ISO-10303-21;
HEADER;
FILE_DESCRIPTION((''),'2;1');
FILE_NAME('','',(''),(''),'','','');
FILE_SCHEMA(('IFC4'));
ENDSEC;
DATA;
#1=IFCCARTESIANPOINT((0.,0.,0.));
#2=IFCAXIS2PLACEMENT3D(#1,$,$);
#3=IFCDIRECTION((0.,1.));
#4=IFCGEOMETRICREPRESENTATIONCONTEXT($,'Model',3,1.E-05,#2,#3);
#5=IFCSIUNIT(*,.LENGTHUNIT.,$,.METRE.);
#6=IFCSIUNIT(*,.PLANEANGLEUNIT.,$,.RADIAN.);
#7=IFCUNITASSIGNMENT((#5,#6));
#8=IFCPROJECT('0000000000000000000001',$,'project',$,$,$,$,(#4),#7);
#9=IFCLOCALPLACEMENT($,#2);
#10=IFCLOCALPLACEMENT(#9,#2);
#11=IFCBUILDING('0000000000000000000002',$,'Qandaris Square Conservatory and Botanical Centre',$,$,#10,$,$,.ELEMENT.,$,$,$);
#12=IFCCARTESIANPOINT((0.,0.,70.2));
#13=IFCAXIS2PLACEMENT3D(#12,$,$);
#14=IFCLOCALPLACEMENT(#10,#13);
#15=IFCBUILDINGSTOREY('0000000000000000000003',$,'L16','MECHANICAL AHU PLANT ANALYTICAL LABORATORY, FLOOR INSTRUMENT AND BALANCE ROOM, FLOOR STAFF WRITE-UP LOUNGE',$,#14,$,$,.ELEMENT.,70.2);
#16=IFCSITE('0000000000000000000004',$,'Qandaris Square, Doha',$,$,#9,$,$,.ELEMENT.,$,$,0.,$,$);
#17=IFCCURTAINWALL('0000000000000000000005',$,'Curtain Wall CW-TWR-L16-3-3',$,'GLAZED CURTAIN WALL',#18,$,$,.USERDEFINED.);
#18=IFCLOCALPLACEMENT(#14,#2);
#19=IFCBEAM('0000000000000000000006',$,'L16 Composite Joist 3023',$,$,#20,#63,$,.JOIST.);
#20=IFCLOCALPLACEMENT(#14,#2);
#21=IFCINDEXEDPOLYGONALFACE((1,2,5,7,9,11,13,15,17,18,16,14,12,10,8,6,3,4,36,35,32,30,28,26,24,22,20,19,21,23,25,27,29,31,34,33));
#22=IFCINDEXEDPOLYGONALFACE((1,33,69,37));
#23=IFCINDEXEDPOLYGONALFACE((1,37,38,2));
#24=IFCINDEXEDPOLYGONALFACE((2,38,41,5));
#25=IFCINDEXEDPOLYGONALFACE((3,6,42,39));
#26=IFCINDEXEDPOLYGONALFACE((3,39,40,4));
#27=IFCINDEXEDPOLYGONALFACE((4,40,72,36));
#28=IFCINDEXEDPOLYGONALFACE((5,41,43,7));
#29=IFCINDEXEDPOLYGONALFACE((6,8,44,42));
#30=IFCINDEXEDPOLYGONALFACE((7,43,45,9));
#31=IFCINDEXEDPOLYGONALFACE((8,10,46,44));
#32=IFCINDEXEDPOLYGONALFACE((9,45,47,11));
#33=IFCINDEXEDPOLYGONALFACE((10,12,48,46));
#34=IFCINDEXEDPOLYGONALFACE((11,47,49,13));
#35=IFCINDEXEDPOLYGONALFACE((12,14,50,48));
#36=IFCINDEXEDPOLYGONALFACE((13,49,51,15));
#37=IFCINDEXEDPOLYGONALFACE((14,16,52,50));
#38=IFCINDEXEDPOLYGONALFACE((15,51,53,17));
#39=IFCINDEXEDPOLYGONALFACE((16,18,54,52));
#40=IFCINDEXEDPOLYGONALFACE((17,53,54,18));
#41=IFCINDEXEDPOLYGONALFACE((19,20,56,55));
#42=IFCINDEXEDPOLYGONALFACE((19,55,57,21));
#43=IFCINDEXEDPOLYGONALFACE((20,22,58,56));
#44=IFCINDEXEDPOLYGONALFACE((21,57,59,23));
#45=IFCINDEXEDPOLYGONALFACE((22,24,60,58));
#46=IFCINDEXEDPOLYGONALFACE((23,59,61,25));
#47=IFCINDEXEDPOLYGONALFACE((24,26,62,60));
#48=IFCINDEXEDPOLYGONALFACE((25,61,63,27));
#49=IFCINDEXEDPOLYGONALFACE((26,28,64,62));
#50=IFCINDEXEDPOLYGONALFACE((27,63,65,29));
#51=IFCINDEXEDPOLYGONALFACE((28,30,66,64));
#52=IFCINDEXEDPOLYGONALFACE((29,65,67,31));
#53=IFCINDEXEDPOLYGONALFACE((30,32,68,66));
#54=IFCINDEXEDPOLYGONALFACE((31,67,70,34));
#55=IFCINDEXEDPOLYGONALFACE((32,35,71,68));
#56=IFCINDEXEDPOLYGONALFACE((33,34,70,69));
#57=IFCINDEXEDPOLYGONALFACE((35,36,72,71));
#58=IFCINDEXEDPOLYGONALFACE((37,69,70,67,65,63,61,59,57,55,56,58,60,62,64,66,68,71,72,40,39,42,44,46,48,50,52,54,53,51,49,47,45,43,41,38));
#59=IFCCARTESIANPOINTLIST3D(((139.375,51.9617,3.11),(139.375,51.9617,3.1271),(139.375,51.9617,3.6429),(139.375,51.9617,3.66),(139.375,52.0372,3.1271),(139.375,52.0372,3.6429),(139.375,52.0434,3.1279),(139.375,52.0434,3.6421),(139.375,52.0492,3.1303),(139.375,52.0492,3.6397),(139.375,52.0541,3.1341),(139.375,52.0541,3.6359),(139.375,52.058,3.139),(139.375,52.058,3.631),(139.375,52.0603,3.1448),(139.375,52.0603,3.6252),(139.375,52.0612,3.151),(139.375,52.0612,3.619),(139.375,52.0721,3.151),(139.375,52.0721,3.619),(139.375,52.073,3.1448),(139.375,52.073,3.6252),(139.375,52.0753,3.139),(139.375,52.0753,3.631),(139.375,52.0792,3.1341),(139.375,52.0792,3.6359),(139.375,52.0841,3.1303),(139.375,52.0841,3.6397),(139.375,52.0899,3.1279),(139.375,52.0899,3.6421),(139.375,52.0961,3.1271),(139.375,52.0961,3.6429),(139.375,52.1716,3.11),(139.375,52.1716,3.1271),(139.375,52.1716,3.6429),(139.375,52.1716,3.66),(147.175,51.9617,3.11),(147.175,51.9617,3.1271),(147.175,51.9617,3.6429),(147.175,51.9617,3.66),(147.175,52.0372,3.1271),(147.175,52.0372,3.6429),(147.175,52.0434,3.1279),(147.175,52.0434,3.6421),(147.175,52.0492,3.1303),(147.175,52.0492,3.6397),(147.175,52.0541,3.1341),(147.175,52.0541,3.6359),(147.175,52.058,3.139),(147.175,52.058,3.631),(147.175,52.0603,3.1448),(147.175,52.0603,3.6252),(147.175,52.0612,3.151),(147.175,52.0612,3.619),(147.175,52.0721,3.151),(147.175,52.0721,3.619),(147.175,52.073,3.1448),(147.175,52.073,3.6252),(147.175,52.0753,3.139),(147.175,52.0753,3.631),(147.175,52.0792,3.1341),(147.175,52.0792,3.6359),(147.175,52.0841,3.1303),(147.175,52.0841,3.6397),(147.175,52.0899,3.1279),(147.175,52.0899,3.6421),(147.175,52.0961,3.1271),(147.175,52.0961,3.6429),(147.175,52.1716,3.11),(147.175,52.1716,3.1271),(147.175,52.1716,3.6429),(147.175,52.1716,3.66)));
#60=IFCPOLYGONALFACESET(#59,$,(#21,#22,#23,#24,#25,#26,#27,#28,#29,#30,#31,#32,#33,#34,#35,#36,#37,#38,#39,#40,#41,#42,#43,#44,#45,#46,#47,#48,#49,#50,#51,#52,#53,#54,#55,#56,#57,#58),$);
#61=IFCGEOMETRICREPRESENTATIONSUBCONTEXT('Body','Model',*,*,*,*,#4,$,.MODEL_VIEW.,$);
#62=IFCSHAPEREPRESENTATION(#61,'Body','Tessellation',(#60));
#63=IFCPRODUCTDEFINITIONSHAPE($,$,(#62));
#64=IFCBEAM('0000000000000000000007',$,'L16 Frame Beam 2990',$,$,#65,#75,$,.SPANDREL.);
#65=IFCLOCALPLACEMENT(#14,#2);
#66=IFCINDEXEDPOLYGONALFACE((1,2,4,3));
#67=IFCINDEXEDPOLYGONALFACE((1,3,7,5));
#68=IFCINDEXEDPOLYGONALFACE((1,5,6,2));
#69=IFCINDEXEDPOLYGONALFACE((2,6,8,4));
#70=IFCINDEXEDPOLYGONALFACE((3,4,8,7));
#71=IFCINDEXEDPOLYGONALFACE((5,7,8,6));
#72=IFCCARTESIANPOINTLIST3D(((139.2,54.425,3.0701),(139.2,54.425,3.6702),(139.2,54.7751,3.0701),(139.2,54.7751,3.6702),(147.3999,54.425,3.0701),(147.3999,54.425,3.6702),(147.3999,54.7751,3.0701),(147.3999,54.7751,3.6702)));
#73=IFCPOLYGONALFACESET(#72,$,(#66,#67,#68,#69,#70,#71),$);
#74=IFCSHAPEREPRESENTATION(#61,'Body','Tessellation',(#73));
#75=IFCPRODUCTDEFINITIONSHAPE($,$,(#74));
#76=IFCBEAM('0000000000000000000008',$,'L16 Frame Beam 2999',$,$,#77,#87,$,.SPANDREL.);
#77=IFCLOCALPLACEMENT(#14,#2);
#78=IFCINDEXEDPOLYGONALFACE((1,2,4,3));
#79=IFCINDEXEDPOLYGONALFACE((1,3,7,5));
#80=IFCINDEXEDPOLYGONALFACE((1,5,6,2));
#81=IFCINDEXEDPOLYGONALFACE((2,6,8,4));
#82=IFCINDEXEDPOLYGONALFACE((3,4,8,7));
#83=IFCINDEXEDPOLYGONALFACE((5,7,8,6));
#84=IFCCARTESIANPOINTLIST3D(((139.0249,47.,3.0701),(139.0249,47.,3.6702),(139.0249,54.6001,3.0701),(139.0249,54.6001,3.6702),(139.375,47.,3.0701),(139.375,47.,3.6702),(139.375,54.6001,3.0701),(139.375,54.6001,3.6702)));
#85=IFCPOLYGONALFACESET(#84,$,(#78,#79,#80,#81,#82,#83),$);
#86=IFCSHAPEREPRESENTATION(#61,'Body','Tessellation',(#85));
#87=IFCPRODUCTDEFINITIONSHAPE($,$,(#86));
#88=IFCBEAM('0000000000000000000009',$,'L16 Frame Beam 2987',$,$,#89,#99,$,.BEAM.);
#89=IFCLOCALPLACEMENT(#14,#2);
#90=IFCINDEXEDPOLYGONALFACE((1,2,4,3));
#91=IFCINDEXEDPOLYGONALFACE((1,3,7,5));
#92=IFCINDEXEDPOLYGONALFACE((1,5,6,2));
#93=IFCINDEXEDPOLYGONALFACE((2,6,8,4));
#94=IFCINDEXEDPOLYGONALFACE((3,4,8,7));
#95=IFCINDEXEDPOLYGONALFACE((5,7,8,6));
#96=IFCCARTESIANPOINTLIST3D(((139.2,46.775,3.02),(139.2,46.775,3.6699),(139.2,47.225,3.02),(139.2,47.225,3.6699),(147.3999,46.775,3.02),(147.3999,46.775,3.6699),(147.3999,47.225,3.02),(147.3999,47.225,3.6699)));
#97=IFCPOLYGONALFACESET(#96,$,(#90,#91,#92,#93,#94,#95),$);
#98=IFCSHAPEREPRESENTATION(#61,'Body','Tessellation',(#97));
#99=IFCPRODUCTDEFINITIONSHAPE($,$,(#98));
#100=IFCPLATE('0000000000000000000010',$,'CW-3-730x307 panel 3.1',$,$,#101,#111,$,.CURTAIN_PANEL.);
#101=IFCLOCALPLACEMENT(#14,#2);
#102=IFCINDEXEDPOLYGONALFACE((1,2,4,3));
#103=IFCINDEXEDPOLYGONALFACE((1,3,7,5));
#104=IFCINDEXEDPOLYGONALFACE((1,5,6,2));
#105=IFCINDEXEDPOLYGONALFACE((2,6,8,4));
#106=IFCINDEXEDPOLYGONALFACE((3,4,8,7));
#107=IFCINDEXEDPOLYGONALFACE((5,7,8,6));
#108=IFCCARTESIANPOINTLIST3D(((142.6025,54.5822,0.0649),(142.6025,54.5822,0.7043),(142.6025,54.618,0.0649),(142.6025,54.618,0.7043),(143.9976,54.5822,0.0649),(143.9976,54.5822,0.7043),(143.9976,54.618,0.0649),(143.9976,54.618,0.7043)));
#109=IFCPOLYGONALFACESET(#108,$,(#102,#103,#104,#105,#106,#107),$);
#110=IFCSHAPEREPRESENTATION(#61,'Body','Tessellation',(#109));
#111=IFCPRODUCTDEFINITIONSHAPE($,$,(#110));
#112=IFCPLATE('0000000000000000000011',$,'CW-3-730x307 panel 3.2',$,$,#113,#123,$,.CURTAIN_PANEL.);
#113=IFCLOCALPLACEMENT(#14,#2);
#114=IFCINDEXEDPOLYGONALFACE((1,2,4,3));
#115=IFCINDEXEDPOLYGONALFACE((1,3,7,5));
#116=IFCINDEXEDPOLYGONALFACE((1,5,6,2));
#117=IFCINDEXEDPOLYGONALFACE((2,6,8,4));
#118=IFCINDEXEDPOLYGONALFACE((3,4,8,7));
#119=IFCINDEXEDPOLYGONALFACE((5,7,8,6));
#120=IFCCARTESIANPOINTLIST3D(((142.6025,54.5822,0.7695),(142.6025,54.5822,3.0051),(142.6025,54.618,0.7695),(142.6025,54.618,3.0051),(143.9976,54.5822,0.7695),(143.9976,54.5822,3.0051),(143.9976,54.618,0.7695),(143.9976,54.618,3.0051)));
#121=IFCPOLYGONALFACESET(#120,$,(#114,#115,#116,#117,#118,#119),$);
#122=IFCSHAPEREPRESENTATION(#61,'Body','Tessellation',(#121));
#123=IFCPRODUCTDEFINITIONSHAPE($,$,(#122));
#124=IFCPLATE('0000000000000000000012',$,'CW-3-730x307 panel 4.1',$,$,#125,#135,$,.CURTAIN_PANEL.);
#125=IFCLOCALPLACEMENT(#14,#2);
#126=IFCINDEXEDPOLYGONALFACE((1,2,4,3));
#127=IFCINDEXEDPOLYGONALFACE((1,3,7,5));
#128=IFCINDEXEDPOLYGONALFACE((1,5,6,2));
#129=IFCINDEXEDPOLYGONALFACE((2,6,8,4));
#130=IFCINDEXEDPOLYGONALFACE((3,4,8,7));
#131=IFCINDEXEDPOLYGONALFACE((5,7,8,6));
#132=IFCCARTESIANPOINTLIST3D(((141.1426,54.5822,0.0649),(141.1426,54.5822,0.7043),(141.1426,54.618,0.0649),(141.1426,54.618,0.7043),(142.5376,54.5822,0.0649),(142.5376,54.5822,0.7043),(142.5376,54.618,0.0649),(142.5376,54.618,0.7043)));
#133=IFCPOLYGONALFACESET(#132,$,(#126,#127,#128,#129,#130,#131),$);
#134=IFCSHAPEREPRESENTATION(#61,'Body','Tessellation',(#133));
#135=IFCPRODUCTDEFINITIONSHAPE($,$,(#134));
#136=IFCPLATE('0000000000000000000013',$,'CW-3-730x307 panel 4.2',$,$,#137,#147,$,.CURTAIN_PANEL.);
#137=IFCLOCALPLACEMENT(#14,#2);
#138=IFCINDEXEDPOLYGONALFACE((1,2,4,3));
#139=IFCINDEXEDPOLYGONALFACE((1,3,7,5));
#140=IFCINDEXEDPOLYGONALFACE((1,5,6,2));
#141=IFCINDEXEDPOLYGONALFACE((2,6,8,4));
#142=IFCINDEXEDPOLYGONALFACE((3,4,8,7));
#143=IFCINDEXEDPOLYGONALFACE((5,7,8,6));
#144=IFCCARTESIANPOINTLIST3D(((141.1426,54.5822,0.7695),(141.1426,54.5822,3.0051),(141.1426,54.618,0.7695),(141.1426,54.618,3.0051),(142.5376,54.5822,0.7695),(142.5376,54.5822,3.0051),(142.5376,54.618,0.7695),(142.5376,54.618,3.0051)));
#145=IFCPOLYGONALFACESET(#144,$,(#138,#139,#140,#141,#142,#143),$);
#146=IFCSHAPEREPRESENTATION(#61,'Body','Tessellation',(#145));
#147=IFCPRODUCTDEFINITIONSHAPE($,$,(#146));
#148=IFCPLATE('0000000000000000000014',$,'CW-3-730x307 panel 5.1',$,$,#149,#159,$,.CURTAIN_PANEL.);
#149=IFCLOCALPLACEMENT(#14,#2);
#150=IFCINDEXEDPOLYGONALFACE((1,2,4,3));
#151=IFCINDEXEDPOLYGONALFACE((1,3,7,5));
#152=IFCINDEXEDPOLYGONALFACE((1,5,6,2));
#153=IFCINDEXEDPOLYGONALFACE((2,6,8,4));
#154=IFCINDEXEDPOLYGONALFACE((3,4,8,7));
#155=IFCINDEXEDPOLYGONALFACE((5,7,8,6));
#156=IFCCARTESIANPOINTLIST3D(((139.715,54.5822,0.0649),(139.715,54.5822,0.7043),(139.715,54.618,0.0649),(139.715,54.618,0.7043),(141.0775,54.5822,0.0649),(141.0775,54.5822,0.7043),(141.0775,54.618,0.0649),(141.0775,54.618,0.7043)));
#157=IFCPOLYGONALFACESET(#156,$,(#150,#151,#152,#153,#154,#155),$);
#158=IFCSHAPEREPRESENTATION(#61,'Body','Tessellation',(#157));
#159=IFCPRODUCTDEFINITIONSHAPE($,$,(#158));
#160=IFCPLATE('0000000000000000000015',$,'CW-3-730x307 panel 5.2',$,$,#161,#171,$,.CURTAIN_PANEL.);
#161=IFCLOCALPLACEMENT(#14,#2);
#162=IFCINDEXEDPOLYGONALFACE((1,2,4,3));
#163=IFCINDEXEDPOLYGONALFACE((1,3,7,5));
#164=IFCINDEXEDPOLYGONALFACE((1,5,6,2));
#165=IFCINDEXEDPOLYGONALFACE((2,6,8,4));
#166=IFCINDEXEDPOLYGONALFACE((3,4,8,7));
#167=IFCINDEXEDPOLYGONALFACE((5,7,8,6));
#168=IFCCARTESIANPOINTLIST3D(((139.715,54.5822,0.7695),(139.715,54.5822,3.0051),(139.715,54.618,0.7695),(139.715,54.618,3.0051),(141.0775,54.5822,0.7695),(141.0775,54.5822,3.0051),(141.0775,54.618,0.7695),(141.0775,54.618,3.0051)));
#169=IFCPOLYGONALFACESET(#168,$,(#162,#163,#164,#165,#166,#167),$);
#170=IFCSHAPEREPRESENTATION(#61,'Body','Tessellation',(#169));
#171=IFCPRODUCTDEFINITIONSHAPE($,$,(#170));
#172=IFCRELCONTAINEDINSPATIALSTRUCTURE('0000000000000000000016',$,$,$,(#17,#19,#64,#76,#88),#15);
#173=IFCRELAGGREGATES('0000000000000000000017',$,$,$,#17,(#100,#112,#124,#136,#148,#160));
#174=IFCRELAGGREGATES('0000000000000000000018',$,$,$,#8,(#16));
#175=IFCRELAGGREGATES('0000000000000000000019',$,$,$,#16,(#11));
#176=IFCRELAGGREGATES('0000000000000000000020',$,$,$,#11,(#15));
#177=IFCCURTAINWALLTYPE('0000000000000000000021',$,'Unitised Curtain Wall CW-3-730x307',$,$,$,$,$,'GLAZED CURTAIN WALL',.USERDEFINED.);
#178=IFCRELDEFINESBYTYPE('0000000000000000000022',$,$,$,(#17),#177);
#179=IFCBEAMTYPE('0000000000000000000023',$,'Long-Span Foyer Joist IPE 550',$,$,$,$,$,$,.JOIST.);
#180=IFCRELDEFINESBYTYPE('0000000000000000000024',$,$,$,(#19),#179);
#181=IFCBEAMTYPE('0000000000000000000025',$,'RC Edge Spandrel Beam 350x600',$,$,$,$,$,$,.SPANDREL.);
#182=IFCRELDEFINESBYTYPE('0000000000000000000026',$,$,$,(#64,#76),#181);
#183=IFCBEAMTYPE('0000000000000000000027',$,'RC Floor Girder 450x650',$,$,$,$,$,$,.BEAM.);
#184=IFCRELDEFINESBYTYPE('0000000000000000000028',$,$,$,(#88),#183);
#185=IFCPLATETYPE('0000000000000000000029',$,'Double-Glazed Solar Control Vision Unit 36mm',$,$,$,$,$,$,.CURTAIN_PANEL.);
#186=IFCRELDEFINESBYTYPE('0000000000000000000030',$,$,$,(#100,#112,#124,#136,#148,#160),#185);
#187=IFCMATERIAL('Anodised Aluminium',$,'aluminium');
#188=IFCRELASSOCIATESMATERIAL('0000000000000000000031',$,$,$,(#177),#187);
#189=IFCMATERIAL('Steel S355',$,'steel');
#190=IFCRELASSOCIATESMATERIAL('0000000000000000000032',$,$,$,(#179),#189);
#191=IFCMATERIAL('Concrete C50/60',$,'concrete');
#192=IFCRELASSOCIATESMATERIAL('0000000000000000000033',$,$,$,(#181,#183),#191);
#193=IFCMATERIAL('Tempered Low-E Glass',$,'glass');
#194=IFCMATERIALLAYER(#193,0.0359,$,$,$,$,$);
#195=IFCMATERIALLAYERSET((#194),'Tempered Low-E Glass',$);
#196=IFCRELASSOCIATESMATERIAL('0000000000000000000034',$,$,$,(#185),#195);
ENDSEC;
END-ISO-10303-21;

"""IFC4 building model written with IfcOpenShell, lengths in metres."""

from ifc_helpers import new_model, si_unit, direction, frame, origin, origin_2d, place, context, subcontext, project, spatial, rectangle, i_section, extrude, material, layer, layer_set, material_profile, profile_set, type_object, element, aggregate, save


model = new_model("IFC4")

# Units and contexts
model_context = context("Model", 3, precision=1e-05, world=origin(), true_north=direction((0.0, 1.0)))
body_context = subcontext(model_context, "Body", "Model", "MODEL_VIEW")
ifc_project = project(units=[si_unit("LENGTHUNIT", "METRE"), si_unit("PLANEANGLEUNIT", "RADIAN")], contexts=[model_context])

# Site, building, storey
site_placement = place(None, origin())
site = spatial("IfcSite", under=ifc_project, at=site_placement, Name="Qandaris Square, Doha", CompositionType="ELEMENT", RefElevation=0.0)
building_placement = place(site_placement, origin())
building = spatial("IfcBuilding", under=site, at=building_placement, Name="Qandaris Square Conservatory and Botanical Centre", CompositionType="ELEMENT")
storey_placement = place(building_placement, frame((0.0, 0.0, 70.2)))
storey = spatial("IfcBuildingStorey", under=building, at=storey_placement, Name="L16", Description="MECHANICAL AHU PLANT ANALYTICAL LABORATORY, FLOOR INSTRUMENT AND BALANCE ROOM, FLOOR STAFF WRITE-UP LOUNGE", CompositionType="ELEMENT", Elevation=70.2)

# Shared definitions
ifc_material_1 = material(Name="Steel S355", Category="steel")

# Curtain wall
ifc_material_2 = material(Name="Anodised Aluminium", Category="aluminium")
curtain_wall_type = type_object("IfcCurtainWallType", Name="Unitised Curtain Wall CW-3-730x307", ElementType="GLAZED CURTAIN WALL", PredefinedType="USERDEFINED", material=ifc_material_2)
curtain_wall_placement = place(storey_placement, origin())
curtain_wall = element("IfcCurtainWall", 1, at=curtain_wall_placement, inside=storey, type_object=curtain_wall_type, Name="Curtain Wall CW-TWR-L16-3-3", ObjectType="GLAZED CURTAIN WALL", PredefinedType="USERDEFINED")

# Beams
ifc_material_profile_1 = material_profile(ifc_material_1, i_section(OverallWidth=0.21, OverallDepth=0.55, WebThickness=0.011, FlangeThickness=0.0171, FilletRadius=0.0239, at=origin_2d()), Name="IPE 550")
ifc_profile_set_1 = profile_set([ifc_material_profile_1], Name="Steel S355")
beam_type_1 = type_object("IfcBeamType", Name="Long-Span Foyer Joist IPE 550", PredefinedType="JOIST", material=ifc_profile_set_1)
beam_1_placement = place(storey_placement, frame((139.375, 52.0667, 3.385), z_axis=(1.0, 0.0, 0.0), x_axis=(0.0, 1.0, 0.0)))
element("IfcBeam", 2, at=beam_1_placement, inside=storey, type_object=beam_type_1, Name="L16 Composite Joist 3023", PredefinedType="JOIST", context=body_context, shape_type="SweptSolid", body=[
    extrude(i_section(OverallWidth=0.21, OverallDepth=0.55, WebThickness=0.011, FlangeThickness=0.0171, FilletRadius=0.0239, at=origin_2d()), origin(), (0.0, 0.0, 1.0), 7.8),
])
ifc_material_3 = material(Name="Concrete C50/60", Category="concrete")
ifc_material_profile_2 = material_profile(ifc_material_3, rectangle(XDim=0.3501, YDim=0.6001, at=origin_2d()), Name="RC-SP 350x600")
ifc_profile_set_2 = profile_set([ifc_material_profile_2], Name="Concrete C50/60")
beam_type_2 = type_object("IfcBeamType", Name="RC Edge Spandrel Beam 350x600", PredefinedType="SPANDREL", material=ifc_profile_set_2)
beam_2_placement = place(storey_placement, frame((139.2, 54.6001, 3.3701), z_axis=(1.0, 0.0, 0.0), x_axis=(0.0, 1.0, 0.0)))
element("IfcBeam", 3, at=beam_2_placement, inside=storey, type_object=beam_type_2, Name="L16 Frame Beam 2990", PredefinedType="SPANDREL", context=body_context, shape_type="SweptSolid", body=[
    extrude(rectangle(XDim=0.3501, YDim=0.6001, at=origin_2d()), origin(), (0.0, 0.0, 1.0), 8.2),
])
beam_3_placement = place(storey_placement, frame((139.2, 47.0, 3.3701), z_axis=(0.0, 1.0, 0.0), x_axis=(-1.0, 0.0, 0.0)))
element("IfcBeam", 4, at=beam_3_placement, inside=storey, type_object=beam_type_2, Name="L16 Frame Beam 2999", PredefinedType="SPANDREL", context=body_context, shape_type="SweptSolid", body=[
    extrude(rectangle(XDim=0.3501, YDim=0.6001, at=origin_2d()), origin(), (0.0, 0.0, 1.0), 7.6001),
])
ifc_material_profile_3 = material_profile(ifc_material_3, rectangle(XDim=0.45, YDim=0.6499, at=origin_2d()), Name="RC-BM 450x650")
ifc_profile_set_3 = profile_set([ifc_material_profile_3], Name="Concrete C50/60")
beam_type_3 = type_object("IfcBeamType", Name="RC Floor Girder 450x650", PredefinedType="BEAM", material=ifc_profile_set_3)
beam_4_placement = place(storey_placement, frame((139.2, 47.0, 3.345), z_axis=(1.0, 0.0, 0.0), x_axis=(0.0, 1.0, 0.0)))
element("IfcBeam", 5, at=beam_4_placement, inside=storey, type_object=beam_type_3, Name="L16 Frame Beam 2987", PredefinedType="BEAM", context=body_context, shape_type="SweptSolid", body=[
    extrude(rectangle(XDim=0.45, YDim=0.6499, at=origin_2d()), origin(), (0.0, 0.0, 1.0), 8.2),
])

# Plates
ifc_material_4 = material(Name="Tempered Low-E Glass", Category="glass")
ifc_layer_1 = layer(ifc_material_4, 0.0359)
ifc_layer_set_1 = layer_set([ifc_layer_1], Name="Tempered Low-E Glass")
plate_type = type_object("IfcPlateType", Name="Double-Glazed Solar Control Vision Unit 36mm", PredefinedType="CURTAIN_PANEL", material=ifc_layer_set_1)
plate_1_placement = place(storey_placement, frame((143.3, 54.6001, 0.0649), z_axis=(0.0, 0.0, 1.0), x_axis=(-1.0, 0.0, 0.0)))
plate_1 = element("IfcPlate", 6, at=plate_1_placement, type_object=plate_type, Name="CW-3-730x307 panel 3.1", PredefinedType="CURTAIN_PANEL", context=body_context, shape_type="SweptSolid", body=[
    extrude(rectangle(XDim=1.395, YDim=0.0359, at=origin_2d()), origin(), (0.0, 0.0, 1.0), 0.6394),
])
plate_2_placement = place(storey_placement, frame((143.3, 54.6001, 0.7695), z_axis=(0.0, 0.0, 1.0), x_axis=(-1.0, 0.0, 0.0)))
plate_2 = element("IfcPlate", 7, at=plate_2_placement, type_object=plate_type, Name="CW-3-730x307 panel 3.2", PredefinedType="CURTAIN_PANEL", context=body_context, shape_type="SweptSolid", body=[
    extrude(rectangle(XDim=1.395, YDim=0.0359, at=origin_2d()), origin(), (0.0, 0.0, 1.0), 2.2356),
])
plate_3_placement = place(storey_placement, frame((141.8401, 54.6001, 0.0649), z_axis=(0.0, 0.0, 1.0), x_axis=(-1.0, 0.0, 0.0)))
plate_3 = element("IfcPlate", 8, at=plate_3_placement, type_object=plate_type, Name="CW-3-730x307 panel 4.1", PredefinedType="CURTAIN_PANEL", context=body_context, shape_type="SweptSolid", body=[
    extrude(rectangle(XDim=1.395, YDim=0.0359, at=origin_2d()), origin(), (0.0, 0.0, 1.0), 0.6394),
])
plate_4_placement = place(storey_placement, frame((141.8401, 54.6001, 0.7695), z_axis=(0.0, 0.0, 1.0), x_axis=(-1.0, 0.0, 0.0)))
plate_4 = element("IfcPlate", 9, at=plate_4_placement, type_object=plate_type, Name="CW-3-730x307 panel 4.2", PredefinedType="CURTAIN_PANEL", context=body_context, shape_type="SweptSolid", body=[
    extrude(rectangle(XDim=1.395, YDim=0.0359, at=origin_2d()), origin(), (0.0, 0.0, 1.0), 2.2356),
])
plate_5_placement = place(storey_placement, frame((140.3962, 54.6001, 0.0649), z_axis=(0.0, 0.0, 1.0), x_axis=(-1.0, 0.0, 0.0)))
plate_5 = element("IfcPlate", 10, at=plate_5_placement, type_object=plate_type, Name="CW-3-730x307 panel 5.1", PredefinedType="CURTAIN_PANEL", context=body_context, shape_type="SweptSolid", body=[
    extrude(rectangle(XDim=1.3625, YDim=0.0359, at=origin_2d()), origin(), (0.0, 0.0, 1.0), 0.6394),
])
plate_6_placement = place(storey_placement, frame((140.3962, 54.6001, 0.7695), z_axis=(0.0, 0.0, 1.0), x_axis=(-1.0, 0.0, 0.0)))
plate_6 = element("IfcPlate", 11, at=plate_6_placement, type_object=plate_type, Name="CW-3-730x307 panel 5.2", PredefinedType="CURTAIN_PANEL", context=body_context, shape_type="SweptSolid", body=[
    extrude(rectangle(XDim=1.3625, YDim=0.0359, at=origin_2d()), origin(), (0.0, 0.0, 1.0), 2.2356),
])
aggregate(curtain_wall, [plate_1, plate_2, plate_3, plate_4, plate_5, plate_6])

save(model, "model.ifc")
